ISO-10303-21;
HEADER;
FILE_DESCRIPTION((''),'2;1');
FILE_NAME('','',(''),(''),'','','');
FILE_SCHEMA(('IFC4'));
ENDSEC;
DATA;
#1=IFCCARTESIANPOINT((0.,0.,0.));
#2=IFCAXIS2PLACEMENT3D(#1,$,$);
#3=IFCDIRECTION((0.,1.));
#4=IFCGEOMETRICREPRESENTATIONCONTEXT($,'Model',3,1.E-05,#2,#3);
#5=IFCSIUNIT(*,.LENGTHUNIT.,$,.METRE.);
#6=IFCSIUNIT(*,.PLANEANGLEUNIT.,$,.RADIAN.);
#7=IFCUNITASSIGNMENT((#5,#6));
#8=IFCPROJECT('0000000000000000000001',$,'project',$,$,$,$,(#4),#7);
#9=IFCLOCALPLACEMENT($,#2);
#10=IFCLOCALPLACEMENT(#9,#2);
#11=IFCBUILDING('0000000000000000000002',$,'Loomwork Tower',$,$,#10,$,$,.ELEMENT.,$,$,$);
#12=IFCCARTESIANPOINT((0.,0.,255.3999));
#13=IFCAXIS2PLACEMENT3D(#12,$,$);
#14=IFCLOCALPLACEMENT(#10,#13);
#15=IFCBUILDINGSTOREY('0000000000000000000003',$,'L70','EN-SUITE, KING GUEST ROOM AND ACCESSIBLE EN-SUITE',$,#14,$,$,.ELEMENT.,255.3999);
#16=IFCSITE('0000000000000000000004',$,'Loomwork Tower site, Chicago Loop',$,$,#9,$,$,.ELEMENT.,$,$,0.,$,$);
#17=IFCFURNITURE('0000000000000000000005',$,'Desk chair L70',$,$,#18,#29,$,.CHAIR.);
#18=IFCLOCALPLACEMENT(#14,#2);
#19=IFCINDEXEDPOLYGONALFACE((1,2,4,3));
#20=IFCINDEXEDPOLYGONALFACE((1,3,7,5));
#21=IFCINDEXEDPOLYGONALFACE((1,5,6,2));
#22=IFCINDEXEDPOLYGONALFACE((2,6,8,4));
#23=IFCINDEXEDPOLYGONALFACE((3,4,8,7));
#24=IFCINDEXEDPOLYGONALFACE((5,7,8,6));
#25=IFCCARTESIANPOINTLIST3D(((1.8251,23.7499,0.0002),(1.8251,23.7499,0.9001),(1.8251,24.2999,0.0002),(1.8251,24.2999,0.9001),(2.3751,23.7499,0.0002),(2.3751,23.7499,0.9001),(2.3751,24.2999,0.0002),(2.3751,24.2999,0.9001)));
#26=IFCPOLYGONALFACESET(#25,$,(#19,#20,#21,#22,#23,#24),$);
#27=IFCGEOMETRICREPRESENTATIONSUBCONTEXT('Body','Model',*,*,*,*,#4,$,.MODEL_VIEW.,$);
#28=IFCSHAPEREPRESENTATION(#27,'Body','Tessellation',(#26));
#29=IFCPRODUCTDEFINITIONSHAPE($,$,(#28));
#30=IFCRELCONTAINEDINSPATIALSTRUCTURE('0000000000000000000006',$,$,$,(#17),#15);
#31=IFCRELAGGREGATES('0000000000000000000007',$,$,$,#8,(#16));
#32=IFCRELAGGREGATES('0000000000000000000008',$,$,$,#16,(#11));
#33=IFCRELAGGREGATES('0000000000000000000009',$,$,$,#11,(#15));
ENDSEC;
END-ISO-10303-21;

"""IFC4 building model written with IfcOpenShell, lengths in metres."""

from ifc_helpers import new_model, si_unit, direction, frame, origin, origin_2d, place, context, subcontext, project, spatial, rectangle, extrude, element, save


model = new_model("IFC4")

# Units and contexts
model_context = context("Model", 3, precision=1e-05, world=origin(), true_north=direction((0.0, 1.0)))
body_context = subcontext(model_context, "Body", "Model", "MODEL_VIEW")
ifc_project = project(units=[si_unit("LENGTHUNIT", "METRE"), si_unit("PLANEANGLEUNIT", "RADIAN")], contexts=[model_context])

# Site, building, storey
site_placement = place(None, origin())
site = spatial("IfcSite", under=ifc_project, at=site_placement, Name="Loomwork Tower site, Chicago Loop", CompositionType="ELEMENT", RefElevation=0.0)
building_placement = place(site_placement, origin())
building = spatial("IfcBuilding", under=site, at=building_placement, Name="Loomwork Tower", CompositionType="ELEMENT")
storey_placement = place(building_placement, frame((0.0, 0.0, 255.3999)))
storey = spatial("IfcBuildingStorey", under=building, at=storey_placement, Name="L70", Description="EN-SUITE, KING GUEST ROOM AND ACCESSIBLE EN-SUITE", CompositionType="ELEMENT", Elevation=255.3999)

# Furniture
furniture_1_placement = place(storey_placement, frame((2.1001, 24.0249, 0.0002), z_axis=(0.0, 0.0, 1.0), x_axis=(1.0, 0.0, 0.0)))
element("IfcFurniture", 1, at=furniture_1_placement, inside=storey, Name="Desk chair L70", PredefinedType="CHAIR", context=body_context, shape_type="SweptSolid", body=[
    extrude(rectangle(XDim=0.55, YDim=0.55, at=origin_2d()), origin(), (0.0, 0.0, 1.0), 0.8999),
])

save(model, "model.ifc")
